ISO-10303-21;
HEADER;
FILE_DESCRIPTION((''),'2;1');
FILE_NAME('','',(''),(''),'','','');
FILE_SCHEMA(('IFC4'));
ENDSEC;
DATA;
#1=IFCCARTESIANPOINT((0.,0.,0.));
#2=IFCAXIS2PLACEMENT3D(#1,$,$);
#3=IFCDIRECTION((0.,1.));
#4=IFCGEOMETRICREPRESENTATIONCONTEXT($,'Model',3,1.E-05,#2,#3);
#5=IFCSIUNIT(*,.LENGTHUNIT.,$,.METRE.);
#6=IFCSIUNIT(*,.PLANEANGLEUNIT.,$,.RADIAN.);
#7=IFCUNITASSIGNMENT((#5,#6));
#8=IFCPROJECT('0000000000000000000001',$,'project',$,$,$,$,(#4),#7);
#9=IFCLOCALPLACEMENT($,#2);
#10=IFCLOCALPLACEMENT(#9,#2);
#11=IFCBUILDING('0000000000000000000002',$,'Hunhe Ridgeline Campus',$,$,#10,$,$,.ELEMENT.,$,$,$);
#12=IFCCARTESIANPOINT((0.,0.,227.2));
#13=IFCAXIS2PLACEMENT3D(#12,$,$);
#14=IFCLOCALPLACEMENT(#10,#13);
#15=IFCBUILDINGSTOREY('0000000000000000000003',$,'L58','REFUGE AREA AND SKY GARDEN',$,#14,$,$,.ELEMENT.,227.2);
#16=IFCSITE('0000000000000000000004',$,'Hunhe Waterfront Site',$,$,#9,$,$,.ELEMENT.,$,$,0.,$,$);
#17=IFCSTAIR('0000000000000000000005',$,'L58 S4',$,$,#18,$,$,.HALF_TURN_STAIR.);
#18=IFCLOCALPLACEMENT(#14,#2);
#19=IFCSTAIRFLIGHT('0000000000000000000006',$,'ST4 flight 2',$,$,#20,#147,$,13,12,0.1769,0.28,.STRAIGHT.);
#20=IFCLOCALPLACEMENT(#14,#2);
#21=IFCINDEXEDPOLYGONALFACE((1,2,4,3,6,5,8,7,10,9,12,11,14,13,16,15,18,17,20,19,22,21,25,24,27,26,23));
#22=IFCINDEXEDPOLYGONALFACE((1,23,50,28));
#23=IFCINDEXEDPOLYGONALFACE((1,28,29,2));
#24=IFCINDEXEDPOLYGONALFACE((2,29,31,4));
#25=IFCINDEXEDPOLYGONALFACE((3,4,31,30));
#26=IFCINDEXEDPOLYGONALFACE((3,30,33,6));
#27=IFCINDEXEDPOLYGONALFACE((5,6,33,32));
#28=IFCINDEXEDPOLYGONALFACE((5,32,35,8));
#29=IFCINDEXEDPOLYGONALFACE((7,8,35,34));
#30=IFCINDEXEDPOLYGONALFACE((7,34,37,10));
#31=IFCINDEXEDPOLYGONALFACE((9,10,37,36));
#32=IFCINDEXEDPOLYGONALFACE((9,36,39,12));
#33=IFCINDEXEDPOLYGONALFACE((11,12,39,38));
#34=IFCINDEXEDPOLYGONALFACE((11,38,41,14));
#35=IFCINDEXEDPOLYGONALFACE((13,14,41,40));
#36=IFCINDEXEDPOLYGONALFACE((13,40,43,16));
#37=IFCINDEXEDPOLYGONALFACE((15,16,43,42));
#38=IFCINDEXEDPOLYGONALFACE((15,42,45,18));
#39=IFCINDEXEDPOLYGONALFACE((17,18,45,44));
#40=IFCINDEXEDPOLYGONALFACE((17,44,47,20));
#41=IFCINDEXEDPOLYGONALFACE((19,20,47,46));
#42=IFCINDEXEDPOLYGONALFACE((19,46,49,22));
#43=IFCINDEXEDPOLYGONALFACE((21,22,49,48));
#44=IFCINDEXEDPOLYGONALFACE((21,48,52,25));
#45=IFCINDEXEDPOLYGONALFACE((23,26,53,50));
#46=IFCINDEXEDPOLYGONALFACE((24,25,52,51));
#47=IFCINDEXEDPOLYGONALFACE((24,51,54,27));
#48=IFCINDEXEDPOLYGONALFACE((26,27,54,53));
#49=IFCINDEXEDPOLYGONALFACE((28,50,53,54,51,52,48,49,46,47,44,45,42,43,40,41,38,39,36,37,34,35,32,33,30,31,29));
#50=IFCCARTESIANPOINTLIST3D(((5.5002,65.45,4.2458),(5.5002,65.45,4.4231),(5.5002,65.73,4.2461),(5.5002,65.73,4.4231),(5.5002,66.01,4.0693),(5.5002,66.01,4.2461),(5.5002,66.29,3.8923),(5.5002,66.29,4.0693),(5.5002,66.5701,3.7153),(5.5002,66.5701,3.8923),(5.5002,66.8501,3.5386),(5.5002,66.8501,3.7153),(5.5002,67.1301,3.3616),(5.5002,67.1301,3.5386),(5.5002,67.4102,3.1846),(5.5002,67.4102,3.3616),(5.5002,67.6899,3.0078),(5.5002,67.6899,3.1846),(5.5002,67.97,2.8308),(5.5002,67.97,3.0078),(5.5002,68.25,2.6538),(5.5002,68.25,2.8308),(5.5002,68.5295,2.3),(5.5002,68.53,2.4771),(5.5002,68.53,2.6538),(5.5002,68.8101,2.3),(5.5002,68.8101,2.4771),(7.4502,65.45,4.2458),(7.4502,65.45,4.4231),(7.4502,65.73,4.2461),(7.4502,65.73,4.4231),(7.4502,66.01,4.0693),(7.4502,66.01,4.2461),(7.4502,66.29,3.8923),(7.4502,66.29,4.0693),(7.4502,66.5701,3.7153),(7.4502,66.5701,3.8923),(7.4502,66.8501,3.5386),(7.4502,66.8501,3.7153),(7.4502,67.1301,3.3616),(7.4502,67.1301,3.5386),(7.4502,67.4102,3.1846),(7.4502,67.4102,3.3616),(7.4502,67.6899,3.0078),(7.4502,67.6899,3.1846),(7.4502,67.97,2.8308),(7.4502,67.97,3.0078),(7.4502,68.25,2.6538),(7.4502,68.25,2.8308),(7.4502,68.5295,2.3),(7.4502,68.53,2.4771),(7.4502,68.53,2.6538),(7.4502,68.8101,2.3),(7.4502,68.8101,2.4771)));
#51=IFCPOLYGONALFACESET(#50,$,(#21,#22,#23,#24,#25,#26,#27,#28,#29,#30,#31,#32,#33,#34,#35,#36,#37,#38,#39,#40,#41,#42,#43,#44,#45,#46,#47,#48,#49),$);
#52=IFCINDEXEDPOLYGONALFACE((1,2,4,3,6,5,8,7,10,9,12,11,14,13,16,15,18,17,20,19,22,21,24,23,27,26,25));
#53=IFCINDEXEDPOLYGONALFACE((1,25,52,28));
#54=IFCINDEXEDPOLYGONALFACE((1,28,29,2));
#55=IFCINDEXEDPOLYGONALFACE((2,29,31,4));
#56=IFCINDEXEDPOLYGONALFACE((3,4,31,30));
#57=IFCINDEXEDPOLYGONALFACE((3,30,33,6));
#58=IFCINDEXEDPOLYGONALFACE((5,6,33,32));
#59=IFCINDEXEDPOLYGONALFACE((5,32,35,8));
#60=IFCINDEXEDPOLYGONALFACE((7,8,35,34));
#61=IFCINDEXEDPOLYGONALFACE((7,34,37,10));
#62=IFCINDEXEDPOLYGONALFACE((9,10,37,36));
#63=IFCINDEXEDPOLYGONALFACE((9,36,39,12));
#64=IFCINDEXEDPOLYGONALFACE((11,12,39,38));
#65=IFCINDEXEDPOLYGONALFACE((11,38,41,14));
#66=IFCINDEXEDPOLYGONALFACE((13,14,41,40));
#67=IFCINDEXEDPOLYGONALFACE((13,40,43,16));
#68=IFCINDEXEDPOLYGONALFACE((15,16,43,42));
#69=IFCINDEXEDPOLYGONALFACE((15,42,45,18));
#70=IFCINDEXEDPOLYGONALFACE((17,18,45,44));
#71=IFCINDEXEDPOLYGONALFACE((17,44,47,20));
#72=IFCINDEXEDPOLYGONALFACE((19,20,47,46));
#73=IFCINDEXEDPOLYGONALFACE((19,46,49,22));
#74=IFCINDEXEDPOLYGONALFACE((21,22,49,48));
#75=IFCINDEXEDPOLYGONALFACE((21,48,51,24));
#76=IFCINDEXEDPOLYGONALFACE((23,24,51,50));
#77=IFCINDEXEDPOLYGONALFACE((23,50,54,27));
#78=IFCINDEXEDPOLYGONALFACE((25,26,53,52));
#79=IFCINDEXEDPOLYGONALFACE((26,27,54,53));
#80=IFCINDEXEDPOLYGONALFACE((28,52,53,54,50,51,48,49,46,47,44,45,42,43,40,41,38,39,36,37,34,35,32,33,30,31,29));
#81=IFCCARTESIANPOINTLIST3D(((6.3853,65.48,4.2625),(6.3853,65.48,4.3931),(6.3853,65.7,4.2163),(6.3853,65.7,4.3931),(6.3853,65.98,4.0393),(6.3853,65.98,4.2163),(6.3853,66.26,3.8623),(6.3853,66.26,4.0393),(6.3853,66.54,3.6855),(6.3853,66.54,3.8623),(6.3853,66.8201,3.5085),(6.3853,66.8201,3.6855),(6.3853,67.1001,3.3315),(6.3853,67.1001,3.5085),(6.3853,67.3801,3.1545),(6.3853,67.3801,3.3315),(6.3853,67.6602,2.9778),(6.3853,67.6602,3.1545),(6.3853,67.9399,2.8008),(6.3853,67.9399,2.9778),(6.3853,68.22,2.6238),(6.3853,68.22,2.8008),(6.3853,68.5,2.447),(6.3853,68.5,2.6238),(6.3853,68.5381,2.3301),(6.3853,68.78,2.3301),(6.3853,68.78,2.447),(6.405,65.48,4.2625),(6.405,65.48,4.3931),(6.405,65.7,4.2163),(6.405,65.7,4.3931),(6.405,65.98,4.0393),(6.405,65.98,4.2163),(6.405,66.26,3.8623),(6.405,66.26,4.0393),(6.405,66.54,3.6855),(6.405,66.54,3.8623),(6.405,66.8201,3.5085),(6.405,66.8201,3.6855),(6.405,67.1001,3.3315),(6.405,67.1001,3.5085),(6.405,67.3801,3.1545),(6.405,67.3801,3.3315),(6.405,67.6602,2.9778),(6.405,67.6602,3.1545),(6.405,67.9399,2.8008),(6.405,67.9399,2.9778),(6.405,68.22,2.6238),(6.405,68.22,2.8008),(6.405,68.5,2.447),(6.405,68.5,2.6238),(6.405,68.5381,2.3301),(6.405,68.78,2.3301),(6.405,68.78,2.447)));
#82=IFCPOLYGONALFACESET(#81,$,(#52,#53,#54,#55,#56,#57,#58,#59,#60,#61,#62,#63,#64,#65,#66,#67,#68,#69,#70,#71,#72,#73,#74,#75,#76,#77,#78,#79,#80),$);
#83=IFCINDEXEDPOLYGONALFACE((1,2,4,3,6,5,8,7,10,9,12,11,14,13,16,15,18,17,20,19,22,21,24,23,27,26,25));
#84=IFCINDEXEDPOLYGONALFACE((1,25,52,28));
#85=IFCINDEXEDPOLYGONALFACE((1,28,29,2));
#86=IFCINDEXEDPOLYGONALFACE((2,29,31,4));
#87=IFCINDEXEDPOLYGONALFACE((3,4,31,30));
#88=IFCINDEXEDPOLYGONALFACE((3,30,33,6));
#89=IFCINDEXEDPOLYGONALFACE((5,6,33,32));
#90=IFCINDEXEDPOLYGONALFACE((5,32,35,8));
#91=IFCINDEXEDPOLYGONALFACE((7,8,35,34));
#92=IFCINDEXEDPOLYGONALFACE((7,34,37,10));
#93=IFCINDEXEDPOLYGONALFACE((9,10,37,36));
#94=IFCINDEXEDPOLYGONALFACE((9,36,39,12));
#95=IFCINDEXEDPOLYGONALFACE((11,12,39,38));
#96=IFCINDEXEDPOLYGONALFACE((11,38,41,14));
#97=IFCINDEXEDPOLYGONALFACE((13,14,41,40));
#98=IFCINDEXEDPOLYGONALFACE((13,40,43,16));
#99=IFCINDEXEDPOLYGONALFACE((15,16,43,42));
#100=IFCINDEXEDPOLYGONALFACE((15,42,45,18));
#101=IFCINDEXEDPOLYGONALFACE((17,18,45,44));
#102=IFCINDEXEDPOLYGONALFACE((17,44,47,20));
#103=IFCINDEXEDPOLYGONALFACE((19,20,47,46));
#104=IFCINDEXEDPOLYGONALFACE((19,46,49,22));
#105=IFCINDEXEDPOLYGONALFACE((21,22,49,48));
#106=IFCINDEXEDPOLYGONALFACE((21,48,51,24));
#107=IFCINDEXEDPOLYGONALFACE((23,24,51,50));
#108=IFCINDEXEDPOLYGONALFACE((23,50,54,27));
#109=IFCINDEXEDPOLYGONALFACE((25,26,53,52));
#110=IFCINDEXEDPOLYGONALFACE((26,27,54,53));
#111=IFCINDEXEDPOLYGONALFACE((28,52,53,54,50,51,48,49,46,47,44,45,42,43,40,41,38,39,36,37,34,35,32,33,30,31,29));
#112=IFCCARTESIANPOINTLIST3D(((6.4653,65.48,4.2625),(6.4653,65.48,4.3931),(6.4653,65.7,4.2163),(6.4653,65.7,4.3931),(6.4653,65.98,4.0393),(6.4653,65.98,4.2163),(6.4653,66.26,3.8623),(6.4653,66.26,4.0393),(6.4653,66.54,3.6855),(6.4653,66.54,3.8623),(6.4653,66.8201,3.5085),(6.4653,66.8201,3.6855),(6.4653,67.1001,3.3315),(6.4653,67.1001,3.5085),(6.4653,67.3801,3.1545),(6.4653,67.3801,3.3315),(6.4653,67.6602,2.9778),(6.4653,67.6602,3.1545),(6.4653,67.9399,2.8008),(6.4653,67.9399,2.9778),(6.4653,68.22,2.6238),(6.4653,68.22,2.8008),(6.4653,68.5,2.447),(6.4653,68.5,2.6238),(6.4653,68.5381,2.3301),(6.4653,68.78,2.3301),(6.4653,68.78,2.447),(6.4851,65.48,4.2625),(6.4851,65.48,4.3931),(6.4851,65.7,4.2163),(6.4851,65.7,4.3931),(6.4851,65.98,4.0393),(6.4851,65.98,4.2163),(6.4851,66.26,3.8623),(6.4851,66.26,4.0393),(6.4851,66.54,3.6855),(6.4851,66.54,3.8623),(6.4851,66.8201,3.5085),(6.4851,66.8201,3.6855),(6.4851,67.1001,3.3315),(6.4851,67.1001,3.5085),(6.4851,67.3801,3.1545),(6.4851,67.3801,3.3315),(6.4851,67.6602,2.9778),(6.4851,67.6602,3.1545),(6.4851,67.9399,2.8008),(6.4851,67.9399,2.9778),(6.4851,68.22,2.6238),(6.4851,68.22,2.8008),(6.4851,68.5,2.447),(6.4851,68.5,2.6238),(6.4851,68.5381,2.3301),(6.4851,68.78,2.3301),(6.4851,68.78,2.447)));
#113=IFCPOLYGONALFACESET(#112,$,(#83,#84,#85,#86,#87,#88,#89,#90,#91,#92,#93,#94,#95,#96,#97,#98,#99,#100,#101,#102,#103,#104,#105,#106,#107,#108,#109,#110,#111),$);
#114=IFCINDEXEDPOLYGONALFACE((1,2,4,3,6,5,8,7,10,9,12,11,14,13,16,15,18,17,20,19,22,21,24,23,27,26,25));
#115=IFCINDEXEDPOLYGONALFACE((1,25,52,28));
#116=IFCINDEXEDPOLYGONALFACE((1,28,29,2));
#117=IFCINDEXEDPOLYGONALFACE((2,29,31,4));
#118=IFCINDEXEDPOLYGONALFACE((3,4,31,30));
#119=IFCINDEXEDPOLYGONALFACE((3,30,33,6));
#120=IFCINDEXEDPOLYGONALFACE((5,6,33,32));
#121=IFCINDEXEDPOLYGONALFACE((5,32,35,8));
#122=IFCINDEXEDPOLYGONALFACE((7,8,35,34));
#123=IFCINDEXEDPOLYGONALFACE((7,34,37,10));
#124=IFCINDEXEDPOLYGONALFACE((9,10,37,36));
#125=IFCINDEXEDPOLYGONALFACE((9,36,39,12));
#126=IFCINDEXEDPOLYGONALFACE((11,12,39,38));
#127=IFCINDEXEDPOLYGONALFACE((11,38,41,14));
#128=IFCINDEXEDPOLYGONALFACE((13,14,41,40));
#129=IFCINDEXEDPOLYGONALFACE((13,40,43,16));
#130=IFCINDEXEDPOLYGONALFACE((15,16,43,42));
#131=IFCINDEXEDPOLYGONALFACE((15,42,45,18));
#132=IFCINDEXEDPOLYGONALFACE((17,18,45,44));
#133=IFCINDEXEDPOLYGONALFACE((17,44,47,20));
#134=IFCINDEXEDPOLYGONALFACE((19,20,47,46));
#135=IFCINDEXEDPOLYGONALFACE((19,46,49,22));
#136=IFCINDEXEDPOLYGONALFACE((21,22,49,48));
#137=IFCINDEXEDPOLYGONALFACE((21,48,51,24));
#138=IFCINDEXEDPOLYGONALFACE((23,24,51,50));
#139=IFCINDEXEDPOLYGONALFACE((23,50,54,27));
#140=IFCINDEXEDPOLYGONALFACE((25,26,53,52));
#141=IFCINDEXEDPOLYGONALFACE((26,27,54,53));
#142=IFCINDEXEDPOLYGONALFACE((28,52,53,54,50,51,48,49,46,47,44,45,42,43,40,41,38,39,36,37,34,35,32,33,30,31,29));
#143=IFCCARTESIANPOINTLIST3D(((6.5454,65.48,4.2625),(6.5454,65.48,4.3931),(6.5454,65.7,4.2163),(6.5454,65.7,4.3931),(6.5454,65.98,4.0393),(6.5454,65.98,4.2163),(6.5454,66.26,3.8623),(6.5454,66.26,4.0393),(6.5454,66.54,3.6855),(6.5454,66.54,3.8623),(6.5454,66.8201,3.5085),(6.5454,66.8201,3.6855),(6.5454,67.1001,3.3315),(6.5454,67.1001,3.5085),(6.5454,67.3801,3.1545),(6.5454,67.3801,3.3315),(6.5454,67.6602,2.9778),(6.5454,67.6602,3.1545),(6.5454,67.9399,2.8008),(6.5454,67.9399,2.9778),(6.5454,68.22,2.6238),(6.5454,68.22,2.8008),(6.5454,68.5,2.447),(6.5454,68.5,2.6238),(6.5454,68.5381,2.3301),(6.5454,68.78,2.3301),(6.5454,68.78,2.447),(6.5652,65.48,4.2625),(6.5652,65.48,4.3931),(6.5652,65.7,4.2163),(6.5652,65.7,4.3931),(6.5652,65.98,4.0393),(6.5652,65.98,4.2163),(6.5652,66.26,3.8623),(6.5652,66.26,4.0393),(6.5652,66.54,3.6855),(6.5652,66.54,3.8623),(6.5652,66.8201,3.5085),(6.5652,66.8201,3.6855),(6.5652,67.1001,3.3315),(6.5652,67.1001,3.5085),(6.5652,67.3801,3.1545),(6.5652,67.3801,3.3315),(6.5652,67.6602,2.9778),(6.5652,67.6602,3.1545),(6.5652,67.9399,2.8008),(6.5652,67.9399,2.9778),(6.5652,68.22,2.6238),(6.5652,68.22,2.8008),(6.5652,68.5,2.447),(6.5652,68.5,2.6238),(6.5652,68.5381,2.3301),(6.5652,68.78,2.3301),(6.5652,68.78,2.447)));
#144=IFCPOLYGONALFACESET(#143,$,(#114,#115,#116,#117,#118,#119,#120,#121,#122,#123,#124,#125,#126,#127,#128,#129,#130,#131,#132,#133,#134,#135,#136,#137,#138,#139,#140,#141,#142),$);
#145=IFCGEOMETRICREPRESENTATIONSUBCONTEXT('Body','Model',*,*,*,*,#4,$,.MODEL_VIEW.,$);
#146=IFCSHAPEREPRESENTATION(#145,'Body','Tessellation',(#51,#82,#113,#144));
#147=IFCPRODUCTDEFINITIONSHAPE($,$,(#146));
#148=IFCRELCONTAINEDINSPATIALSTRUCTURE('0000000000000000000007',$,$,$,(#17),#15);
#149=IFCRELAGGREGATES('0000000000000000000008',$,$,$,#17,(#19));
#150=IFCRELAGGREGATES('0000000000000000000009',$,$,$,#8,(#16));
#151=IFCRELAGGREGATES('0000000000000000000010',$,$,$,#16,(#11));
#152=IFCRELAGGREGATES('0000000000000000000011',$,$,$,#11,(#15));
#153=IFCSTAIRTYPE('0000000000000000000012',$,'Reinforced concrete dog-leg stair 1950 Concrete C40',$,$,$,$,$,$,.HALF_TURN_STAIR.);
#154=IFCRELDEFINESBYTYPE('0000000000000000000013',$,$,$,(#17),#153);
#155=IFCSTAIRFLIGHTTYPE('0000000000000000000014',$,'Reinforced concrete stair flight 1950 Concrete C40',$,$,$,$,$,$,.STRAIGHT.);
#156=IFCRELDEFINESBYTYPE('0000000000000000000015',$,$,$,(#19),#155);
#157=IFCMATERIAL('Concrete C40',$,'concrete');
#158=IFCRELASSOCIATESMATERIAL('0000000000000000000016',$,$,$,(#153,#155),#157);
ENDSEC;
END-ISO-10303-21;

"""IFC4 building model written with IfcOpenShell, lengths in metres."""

from ifc_helpers import new_model, si_unit, direction, frame, origin, place, context, subcontext, project, spatial, polyline, outline, extrude, material, type_object, element, aggregate, save


model = new_model("IFC4")

# Units and contexts
model_context = context("Model", 3, precision=1e-05, world=origin(), true_north=direction((0.0, 1.0)))
body_context = subcontext(model_context, "Body", "Model", "MODEL_VIEW")
ifc_project = project(units=[si_unit("LENGTHUNIT", "METRE"), si_unit("PLANEANGLEUNIT", "RADIAN")], contexts=[model_context])

# Site, building, storey
site_placement = place(None, origin())
site = spatial("IfcSite", under=ifc_project, at=site_placement, Name="Hunhe Waterfront Site", CompositionType="ELEMENT", RefElevation=0.0)
building_placement = place(site_placement, origin())
building = spatial("IfcBuilding", under=site, at=building_placement, Name="Hunhe Ridgeline Campus", CompositionType="ELEMENT")
storey_placement = place(building_placement, frame((0.0, 0.0, 227.2)))
storey = spatial("IfcBuildingStorey", under=building, at=storey_placement, Name="L58", Description="REFUGE AREA AND SKY GARDEN", CompositionType="ELEMENT", Elevation=227.2)

# Stair, stair flight
ifc_material_1 = material(Name="Concrete C40", Category="concrete")
stair_type = type_object("IfcStairType", Name="Reinforced concrete dog-leg stair 1950 Concrete C40", PredefinedType="HALF_TURN_STAIR", material=ifc_material_1)
stair_flight_type = type_object("IfcStairFlightType", Name="Reinforced concrete stair flight 1950 Concrete C40", PredefinedType="STRAIGHT", material=ifc_material_1)
stair_1_placement = place(storey_placement, origin())
stair_1 = element("IfcStair", 1, at=stair_1_placement, inside=storey, type_object=stair_type, Name="L58 S4", PredefinedType="HALF_TURN_STAIR")
stair_flight_1_placement = place(storey_placement, frame((6.4751, 68.8101, 2.3), z_axis=(0.0, 0.0, 1.0), x_axis=(0.0, -1.0, 0.0)))
stair_flight_1 = element("IfcStairFlight", 2, at=stair_flight_1_placement, type_object=stair_flight_type, Name="ST4 flight 2", NumberOfRisers=13, NumberOfTreads=12, PredefinedType="STRAIGHT", RiserHeight=0.1769, TreadLength=0.28, context=body_context, shape_type="SweptSolid", body=[
    extrude(outline(polyline([(0.0, 0.0), (0.0, 0.177), (0.28, 0.177), (0.28, 0.3538), (0.5601, 0.3538), (0.5601, 0.5308), (0.8401, 0.5308), (0.8401, 0.7078), (1.1201, 0.7078), (1.1201, 0.8845), (1.3999, 0.8845), (1.3999, 1.0615), (1.6799, 1.0615), (1.6799, 1.2385), (1.96, 1.2385), (1.96, 1.4153), (2.24, 1.4153), (2.24, 1.5923), (2.52, 1.5923), (2.52, 1.7693), (2.8, 1.7693), (2.8, 1.946), (3.0801, 1.946), (3.0801, 2.123), (3.3601, 2.123), (3.3601, 2.3), (3.3601, 1.9458), (0.2805, 0.0), (0.0, 0.0)])), frame((0.0, 0.9751, 0.0), z_axis=(0.0, -1.0, 0.0), x_axis=(1.0, 0.0, 0.0)), (0.0, 0.0, 1.0), 1.95),
    extrude(outline(polyline([(0.03, 0.03), (0.03, 0.147), (0.3101, 0.147), (0.3101, 0.3237), (0.5901, 0.3237), (0.5901, 0.5007), (0.8701, 0.5007), (0.8701, 0.6777), (1.1499, 0.6777), (1.1499, 0.8545), (1.4299, 0.8545), (1.4299, 1.0315), (1.71, 1.0315), (1.71, 1.2085), (1.99, 1.2085), (1.99, 1.3855), (2.27, 1.3855), (2.27, 1.5623), (2.55, 1.5623), (2.55, 1.7393), (2.8301, 1.7393), (2.8301, 1.9163), (3.1101, 1.9163), (3.1101, 2.093), (3.3301, 2.093), (3.3301, 1.9624), (0.272, 0.03), (0.03, 0.03)])), frame((0.0, -0.0701, 0.0), z_axis=(0.0, -1.0, 0.0), x_axis=(1.0, 0.0, 0.0)), (0.0, 0.0, 1.0), 0.0198),
    extrude(outline(polyline([(0.03, 0.03), (0.03, 0.147), (0.3101, 0.147), (0.3101, 0.3237), (0.5901, 0.3237), (0.5901, 0.5007), (0.8701, 0.5007), (0.8701, 0.6777), (1.1499, 0.6777), (1.1499, 0.8545), (1.4299, 0.8545), (1.4299, 1.0315), (1.71, 1.0315), (1.71, 1.2085), (1.99, 1.2085), (1.99, 1.3855), (2.27, 1.3855), (2.27, 1.5623), (2.55, 1.5623), (2.55, 1.7393), (2.8301, 1.7393), (2.8301, 1.9163), (3.1101, 1.9163), (3.1101, 2.093), (3.3301, 2.093), (3.3301, 1.9624), (0.272, 0.03), (0.03, 0.03)])), frame((0.0, 0.01, 0.0), z_axis=(0.0, -1.0, 0.0), x_axis=(1.0, 0.0, 0.0)), (0.0, 0.0, 1.0), 0.0198),
    extrude(outline(polyline([(0.03, 0.03), (0.03, 0.147), (0.3101, 0.147), (0.3101, 0.3237), (0.5901, 0.3237), (0.5901, 0.5007), (0.8701, 0.5007), (0.8701, 0.6777), (1.1499, 0.6777), (1.1499, 0.8545), (1.4299, 0.8545), (1.4299, 1.0315), (1.71, 1.0315), (1.71, 1.2085), (1.99, 1.2085), (1.99, 1.3855), (2.27, 1.3855), (2.27, 1.5623), (2.55, 1.5623), (2.55, 1.7393), (2.8301, 1.7393), (2.8301, 1.9163), (3.1101, 1.9163), (3.1101, 2.093), (3.3301, 2.093), (3.3301, 1.9624), (0.272, 0.03), (0.03, 0.03)])), frame((0.0, 0.0901, 0.0), z_axis=(0.0, -1.0, 0.0), x_axis=(1.0, 0.0, 0.0)), (0.0, 0.0, 1.0), 0.0198),
])
aggregate(stair_1, [stair_flight_1])

save(model, "model.ifc")
